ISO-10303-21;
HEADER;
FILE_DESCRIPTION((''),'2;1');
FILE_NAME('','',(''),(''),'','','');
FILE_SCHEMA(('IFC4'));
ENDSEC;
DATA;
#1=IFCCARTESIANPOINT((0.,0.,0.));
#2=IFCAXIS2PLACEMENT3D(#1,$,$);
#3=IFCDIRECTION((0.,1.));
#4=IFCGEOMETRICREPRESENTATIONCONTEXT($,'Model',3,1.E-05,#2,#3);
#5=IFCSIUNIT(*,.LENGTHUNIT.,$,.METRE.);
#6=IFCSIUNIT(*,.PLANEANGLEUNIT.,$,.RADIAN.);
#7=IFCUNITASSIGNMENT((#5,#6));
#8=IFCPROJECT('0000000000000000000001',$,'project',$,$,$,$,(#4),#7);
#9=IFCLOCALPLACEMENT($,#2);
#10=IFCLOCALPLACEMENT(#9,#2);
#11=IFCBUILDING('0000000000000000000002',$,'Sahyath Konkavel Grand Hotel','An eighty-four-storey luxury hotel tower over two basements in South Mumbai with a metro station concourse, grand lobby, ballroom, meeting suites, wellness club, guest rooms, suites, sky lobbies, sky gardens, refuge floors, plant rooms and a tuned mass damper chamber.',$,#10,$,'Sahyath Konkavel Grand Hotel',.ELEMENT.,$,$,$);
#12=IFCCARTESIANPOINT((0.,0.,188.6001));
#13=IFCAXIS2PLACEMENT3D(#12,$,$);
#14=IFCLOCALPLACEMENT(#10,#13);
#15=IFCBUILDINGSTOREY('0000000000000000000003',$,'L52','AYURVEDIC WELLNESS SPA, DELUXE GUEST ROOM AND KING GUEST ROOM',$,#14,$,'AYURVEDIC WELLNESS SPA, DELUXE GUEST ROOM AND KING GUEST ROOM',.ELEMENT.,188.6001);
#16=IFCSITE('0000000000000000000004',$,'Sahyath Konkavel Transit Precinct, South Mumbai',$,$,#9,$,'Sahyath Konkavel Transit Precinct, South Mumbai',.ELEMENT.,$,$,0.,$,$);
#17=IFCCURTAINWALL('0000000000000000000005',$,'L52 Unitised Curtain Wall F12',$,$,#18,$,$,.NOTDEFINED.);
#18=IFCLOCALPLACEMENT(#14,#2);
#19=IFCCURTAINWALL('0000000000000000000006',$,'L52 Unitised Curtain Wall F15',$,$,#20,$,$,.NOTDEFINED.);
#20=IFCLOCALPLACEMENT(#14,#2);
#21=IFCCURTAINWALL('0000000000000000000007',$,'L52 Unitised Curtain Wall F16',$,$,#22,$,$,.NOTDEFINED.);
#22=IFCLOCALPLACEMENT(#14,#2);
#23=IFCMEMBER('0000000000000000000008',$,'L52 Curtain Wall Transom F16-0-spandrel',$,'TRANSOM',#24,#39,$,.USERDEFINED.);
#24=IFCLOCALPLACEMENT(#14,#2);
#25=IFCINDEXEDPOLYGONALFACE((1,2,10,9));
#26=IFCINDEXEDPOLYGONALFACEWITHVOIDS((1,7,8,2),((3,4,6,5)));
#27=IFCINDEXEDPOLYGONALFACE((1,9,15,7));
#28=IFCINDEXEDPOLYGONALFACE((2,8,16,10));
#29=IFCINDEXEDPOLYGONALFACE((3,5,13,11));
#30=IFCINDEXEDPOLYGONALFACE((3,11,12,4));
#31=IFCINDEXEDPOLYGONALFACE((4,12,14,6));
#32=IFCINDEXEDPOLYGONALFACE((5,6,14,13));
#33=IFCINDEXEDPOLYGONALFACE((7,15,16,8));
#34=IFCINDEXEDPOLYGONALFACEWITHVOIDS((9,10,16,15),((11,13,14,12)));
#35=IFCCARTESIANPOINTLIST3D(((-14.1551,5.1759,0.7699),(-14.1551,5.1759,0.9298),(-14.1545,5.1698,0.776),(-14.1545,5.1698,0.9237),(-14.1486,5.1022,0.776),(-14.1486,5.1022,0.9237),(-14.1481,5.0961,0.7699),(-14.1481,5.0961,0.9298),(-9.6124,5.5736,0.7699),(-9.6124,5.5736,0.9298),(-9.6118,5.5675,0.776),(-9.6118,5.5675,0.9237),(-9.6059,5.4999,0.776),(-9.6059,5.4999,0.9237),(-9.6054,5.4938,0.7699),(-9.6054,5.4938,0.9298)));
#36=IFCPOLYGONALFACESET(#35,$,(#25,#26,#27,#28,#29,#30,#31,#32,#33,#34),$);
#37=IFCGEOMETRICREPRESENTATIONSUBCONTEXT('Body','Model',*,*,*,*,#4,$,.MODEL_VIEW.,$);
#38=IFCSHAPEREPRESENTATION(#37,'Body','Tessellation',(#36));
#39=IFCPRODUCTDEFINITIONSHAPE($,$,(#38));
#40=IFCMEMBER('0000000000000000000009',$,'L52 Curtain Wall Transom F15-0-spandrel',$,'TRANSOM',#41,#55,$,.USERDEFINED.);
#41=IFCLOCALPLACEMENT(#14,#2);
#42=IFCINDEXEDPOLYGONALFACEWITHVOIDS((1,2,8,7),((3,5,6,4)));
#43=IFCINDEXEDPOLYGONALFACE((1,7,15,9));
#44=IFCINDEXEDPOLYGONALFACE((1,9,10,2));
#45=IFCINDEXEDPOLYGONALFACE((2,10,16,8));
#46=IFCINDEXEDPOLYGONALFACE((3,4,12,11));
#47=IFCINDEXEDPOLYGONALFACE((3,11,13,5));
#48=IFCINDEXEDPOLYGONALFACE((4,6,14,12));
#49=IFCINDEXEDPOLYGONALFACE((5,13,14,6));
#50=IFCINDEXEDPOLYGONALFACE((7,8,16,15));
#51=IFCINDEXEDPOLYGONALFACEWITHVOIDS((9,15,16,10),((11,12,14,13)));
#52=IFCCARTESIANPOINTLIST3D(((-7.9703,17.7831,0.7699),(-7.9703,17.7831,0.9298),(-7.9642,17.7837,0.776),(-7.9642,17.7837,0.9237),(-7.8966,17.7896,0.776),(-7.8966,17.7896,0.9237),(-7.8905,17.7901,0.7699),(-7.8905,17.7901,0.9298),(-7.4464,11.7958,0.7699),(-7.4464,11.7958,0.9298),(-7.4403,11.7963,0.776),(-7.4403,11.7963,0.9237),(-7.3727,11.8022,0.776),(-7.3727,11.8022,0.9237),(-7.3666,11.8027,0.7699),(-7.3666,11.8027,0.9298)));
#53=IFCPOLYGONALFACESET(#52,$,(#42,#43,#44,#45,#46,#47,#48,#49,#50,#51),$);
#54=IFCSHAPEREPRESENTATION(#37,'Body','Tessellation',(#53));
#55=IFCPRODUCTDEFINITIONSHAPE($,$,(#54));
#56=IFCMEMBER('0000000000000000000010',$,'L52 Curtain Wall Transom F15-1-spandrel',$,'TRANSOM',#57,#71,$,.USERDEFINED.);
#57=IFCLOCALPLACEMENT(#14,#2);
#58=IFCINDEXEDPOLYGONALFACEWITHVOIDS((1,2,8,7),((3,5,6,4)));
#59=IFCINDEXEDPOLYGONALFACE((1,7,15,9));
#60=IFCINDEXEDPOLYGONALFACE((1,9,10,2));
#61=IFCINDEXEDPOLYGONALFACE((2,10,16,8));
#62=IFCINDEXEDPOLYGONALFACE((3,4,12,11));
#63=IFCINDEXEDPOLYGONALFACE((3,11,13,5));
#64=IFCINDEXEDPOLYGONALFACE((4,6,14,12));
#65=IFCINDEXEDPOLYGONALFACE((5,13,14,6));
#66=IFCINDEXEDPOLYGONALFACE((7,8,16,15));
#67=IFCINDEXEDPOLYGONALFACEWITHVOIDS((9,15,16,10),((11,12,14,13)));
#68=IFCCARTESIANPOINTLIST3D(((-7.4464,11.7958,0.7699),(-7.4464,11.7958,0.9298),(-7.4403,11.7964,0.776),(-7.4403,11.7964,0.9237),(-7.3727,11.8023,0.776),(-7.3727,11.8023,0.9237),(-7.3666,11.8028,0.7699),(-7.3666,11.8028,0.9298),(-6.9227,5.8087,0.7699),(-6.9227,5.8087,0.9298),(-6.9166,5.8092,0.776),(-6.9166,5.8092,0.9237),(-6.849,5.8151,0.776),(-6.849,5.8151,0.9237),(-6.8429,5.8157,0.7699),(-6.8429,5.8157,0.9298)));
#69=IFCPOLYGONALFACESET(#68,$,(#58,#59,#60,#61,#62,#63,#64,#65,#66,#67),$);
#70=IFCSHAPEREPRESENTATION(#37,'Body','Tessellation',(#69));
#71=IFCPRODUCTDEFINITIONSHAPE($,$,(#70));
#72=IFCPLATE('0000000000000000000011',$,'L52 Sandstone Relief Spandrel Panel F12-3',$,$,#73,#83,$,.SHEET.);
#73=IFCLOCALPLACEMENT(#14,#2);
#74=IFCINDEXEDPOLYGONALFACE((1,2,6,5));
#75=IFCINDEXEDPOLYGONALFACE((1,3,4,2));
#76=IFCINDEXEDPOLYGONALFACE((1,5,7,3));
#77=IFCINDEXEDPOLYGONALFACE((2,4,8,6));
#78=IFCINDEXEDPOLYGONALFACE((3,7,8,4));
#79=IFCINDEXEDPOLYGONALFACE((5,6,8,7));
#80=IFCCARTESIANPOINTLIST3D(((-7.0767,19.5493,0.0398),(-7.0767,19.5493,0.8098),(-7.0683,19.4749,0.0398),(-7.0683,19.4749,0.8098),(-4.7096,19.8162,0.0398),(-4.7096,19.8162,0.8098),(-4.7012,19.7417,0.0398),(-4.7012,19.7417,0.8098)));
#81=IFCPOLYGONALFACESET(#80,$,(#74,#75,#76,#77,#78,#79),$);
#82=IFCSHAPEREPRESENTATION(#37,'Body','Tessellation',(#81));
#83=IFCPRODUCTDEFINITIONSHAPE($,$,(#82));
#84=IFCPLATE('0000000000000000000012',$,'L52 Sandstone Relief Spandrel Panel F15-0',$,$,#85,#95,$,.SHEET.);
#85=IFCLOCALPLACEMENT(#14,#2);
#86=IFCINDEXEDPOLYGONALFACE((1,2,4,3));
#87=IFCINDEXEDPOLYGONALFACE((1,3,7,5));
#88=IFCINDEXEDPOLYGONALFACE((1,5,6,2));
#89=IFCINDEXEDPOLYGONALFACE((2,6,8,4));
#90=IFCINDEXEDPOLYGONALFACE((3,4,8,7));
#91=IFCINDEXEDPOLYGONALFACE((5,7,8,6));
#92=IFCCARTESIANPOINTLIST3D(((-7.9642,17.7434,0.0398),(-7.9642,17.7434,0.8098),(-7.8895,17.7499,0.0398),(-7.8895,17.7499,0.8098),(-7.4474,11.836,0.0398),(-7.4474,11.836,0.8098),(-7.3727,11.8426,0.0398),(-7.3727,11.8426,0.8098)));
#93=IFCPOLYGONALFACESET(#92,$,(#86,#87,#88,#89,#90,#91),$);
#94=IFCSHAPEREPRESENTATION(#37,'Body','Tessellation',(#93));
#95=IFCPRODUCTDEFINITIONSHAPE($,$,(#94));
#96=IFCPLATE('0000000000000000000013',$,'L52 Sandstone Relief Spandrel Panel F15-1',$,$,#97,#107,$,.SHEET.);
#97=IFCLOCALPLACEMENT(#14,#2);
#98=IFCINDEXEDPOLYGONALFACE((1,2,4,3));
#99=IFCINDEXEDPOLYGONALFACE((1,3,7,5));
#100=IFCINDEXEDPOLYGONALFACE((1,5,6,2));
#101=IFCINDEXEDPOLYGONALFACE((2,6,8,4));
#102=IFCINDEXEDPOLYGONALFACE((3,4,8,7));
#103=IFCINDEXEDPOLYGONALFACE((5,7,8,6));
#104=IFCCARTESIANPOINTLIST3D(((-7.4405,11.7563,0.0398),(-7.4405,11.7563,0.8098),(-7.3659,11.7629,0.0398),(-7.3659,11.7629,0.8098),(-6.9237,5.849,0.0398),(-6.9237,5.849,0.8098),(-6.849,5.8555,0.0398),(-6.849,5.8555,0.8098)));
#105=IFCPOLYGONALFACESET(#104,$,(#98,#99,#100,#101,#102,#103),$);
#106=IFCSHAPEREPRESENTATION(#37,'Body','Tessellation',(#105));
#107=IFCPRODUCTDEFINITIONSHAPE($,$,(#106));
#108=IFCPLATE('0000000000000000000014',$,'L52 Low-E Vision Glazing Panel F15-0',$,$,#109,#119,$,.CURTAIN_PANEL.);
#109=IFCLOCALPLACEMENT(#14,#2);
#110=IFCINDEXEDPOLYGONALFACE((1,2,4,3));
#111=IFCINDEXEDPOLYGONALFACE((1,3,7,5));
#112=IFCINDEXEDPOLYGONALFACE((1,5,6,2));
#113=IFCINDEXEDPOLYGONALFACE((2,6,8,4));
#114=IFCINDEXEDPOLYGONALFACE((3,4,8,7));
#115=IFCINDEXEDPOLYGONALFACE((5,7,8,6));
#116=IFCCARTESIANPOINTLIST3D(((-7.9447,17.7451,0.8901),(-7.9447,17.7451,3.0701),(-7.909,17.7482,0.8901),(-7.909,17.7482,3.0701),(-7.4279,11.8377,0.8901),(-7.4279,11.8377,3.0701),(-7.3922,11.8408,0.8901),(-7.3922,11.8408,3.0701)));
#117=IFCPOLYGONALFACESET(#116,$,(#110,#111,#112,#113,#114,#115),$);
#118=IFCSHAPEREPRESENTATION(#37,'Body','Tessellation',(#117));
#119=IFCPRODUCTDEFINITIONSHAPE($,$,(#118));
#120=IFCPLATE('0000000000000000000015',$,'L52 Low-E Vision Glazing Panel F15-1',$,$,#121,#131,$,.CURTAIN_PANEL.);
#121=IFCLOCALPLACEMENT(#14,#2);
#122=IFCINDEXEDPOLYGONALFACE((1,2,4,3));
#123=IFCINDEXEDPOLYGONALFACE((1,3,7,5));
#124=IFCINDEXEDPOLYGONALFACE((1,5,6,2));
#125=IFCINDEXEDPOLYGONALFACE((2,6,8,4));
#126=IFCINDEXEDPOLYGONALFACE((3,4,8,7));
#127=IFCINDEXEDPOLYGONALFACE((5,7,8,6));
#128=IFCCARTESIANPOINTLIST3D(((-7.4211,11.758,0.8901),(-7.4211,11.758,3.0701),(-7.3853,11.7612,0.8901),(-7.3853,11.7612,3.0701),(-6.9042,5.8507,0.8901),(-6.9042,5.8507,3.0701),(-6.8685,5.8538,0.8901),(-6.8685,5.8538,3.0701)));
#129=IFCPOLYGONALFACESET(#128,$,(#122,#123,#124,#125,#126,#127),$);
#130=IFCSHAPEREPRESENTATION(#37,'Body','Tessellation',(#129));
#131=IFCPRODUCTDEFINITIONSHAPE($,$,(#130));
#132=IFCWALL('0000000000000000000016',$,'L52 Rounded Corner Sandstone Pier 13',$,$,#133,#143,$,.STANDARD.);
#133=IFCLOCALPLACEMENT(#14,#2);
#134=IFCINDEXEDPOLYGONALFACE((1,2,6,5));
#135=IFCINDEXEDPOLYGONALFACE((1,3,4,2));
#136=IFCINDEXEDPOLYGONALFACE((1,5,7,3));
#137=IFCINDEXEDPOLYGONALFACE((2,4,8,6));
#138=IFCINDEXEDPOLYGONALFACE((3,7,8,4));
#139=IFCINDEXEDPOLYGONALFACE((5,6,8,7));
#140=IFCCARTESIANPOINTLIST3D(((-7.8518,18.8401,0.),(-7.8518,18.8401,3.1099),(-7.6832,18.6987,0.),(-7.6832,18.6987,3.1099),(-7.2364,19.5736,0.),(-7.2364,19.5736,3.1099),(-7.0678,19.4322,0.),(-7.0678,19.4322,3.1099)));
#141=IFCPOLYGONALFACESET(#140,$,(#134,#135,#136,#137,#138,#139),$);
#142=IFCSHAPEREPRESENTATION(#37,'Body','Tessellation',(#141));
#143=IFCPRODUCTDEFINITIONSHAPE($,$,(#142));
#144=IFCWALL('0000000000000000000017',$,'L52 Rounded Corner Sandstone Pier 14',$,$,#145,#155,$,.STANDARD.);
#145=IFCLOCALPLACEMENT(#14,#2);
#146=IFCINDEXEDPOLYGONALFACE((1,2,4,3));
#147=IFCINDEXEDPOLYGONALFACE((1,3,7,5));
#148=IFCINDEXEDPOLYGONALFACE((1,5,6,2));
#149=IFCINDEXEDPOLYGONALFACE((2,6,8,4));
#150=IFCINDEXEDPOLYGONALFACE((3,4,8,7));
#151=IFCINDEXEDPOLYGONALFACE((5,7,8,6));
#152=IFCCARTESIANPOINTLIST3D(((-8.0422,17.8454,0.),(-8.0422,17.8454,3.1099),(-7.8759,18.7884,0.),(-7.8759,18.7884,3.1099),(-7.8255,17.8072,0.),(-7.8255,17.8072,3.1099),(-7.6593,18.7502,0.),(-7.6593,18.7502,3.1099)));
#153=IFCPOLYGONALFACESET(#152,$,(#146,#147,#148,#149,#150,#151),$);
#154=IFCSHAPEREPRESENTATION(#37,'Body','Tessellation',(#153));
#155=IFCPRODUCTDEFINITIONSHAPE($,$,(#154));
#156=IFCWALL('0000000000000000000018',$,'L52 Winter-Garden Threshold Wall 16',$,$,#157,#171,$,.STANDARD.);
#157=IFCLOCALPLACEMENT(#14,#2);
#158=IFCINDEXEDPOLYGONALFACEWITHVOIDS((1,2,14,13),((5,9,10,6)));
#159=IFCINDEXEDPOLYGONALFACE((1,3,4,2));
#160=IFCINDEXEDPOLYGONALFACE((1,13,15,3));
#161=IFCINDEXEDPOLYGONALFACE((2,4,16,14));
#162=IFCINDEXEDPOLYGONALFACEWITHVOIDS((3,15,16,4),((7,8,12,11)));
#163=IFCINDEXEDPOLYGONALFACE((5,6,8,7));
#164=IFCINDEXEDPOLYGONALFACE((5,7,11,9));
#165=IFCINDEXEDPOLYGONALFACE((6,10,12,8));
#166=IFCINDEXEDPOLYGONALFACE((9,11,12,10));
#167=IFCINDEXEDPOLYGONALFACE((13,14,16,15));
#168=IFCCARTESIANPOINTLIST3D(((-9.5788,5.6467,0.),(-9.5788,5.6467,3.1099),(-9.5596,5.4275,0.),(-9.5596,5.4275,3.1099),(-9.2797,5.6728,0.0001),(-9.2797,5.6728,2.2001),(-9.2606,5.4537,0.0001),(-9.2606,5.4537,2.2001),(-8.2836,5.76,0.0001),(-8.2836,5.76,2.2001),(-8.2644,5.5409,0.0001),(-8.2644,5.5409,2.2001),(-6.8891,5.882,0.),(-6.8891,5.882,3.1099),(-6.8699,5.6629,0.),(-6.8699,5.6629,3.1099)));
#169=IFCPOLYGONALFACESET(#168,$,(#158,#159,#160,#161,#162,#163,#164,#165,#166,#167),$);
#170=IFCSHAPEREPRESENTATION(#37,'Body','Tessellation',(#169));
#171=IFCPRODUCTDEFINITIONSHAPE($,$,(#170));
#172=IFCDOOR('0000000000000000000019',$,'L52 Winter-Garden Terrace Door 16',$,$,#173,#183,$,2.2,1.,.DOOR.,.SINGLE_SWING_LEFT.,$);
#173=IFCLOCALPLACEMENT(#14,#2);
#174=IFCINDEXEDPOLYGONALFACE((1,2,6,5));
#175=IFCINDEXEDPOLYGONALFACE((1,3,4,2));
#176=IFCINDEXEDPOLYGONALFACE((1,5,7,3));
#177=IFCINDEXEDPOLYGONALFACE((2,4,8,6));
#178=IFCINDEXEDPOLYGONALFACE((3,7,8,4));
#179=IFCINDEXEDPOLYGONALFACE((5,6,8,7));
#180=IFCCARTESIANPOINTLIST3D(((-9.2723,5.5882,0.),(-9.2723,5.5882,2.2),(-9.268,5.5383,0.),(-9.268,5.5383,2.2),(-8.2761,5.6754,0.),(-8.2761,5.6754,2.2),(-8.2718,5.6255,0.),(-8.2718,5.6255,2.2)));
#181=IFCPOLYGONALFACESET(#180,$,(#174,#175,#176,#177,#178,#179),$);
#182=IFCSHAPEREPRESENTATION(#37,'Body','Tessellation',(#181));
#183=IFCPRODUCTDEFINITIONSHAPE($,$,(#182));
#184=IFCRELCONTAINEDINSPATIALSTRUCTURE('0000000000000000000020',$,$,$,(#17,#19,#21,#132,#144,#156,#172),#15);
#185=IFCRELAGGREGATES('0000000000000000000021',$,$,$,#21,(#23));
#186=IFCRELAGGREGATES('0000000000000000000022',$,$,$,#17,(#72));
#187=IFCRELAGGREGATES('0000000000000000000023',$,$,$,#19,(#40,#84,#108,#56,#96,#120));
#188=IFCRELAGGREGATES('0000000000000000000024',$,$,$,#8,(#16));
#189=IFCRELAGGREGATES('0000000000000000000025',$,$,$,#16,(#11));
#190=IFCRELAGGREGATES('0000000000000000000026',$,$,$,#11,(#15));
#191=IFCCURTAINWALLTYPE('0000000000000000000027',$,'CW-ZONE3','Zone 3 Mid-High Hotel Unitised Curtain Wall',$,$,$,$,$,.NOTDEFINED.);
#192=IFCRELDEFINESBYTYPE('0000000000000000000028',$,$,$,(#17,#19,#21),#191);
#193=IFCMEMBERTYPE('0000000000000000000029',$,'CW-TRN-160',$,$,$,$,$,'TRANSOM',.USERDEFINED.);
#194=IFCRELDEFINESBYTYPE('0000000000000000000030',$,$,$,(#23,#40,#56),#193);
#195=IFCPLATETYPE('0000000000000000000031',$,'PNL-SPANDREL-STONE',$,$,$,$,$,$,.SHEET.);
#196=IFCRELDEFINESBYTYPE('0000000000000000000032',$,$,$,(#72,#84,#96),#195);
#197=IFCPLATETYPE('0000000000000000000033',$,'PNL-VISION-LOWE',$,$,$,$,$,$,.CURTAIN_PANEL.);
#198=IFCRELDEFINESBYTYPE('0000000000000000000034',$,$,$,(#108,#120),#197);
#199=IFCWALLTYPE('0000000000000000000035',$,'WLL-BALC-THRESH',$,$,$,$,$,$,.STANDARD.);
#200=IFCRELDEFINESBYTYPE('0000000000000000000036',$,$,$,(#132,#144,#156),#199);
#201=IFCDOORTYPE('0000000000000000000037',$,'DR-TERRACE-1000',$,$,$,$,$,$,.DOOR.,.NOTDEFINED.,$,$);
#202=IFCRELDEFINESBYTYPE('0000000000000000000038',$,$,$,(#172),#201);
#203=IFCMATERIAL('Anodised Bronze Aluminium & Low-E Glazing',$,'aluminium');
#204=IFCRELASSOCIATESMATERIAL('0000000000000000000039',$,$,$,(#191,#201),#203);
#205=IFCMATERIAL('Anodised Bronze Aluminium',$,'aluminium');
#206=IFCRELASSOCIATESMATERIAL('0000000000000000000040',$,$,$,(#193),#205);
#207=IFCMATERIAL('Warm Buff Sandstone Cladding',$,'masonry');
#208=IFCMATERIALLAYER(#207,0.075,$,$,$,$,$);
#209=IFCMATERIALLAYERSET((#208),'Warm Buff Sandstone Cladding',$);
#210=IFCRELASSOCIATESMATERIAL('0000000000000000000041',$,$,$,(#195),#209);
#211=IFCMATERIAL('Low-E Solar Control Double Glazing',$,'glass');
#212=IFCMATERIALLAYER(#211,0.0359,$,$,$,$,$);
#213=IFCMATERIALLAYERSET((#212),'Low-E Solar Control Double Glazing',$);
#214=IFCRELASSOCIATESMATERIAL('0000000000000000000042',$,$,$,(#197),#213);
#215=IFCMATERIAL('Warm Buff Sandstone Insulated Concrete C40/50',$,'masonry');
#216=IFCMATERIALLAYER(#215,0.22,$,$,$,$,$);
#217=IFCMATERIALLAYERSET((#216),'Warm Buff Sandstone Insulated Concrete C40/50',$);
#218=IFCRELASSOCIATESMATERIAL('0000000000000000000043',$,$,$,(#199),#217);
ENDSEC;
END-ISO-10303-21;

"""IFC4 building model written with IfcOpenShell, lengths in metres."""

from ifc_helpers import new_model, si_unit, direction, frame, frame_2d, origin, origin_2d, place, context, subcontext, project, spatial, rectangle, hollow_rectangle, extrude, source, transform, mapped, material, layer, layer_set, material_profile, profile_set, type_object, element, fill, aggregate, save


model = new_model("IFC4")

# Units and contexts
model_context = context("Model", 3, precision=1e-05, world=origin(), true_north=direction((0.0, 1.0)))
body_context = subcontext(model_context, "Body", "Model", "MODEL_VIEW")
ifc_project = project(units=[si_unit("LENGTHUNIT", "METRE"), si_unit("PLANEANGLEUNIT", "RADIAN")], contexts=[model_context])

# Site, building, storey
site_placement = place(None, origin())
site = spatial("IfcSite", under=ifc_project, at=site_placement, Name="Sahyath Konkavel Transit Precinct, South Mumbai", LongName="Sahyath Konkavel Transit Precinct, South Mumbai", CompositionType="ELEMENT", RefElevation=0.0)
building_placement = place(site_placement, origin())
building = spatial("IfcBuilding", under=site, at=building_placement, Name="Sahyath Konkavel Grand Hotel", Description="An eighty-four-storey luxury hotel tower over two basements in South Mumbai with a metro station concourse, grand lobby, ballroom, meeting suites, wellness club, guest rooms, suites, sky lobbies, sky gardens, refuge floors, plant rooms and a tuned mass damper chamber.", LongName="Sahyath Konkavel Grand Hotel", CompositionType="ELEMENT")
storey_placement = place(building_placement, frame((0.0, 0.0, 188.6001)))
storey = spatial("IfcBuildingStorey", under=building, at=storey_placement, Name="L52", Description="AYURVEDIC WELLNESS SPA, DELUXE GUEST ROOM AND KING GUEST ROOM", LongName="AYURVEDIC WELLNESS SPA, DELUXE GUEST ROOM AND KING GUEST ROOM", CompositionType="ELEMENT", Elevation=188.6001)

# Curtain wall
ifc_material_1 = material(Name="Anodised Bronze Aluminium & Low-E Glazing", Category="aluminium")
curtain_wall_type = type_object("IfcCurtainWallType", Name="CW-ZONE3", Description="Zone 3 Mid-High Hotel Unitised Curtain Wall", PredefinedType="NOTDEFINED", material=ifc_material_1)
curtain_wall_1_placement = place(storey_placement, origin())
curtain_wall_1 = element("IfcCurtainWall", 1, at=curtain_wall_1_placement, inside=storey, type_object=curtain_wall_type, Name="L52 Unitised Curtain Wall F12", PredefinedType="NOTDEFINED")
ifc_material_2 = material(Name="Anodised Bronze Aluminium", Category="aluminium")

# Curtain wall
curtain_wall_2_placement = place(storey_placement, origin())
curtain_wall_2 = element("IfcCurtainWall", 2, at=curtain_wall_2_placement, inside=storey, type_object=curtain_wall_type, Name="L52 Unitised Curtain Wall F15", PredefinedType="NOTDEFINED")

# Curtain wall
curtain_wall_3_placement = place(storey_placement, origin())
curtain_wall_3 = element("IfcCurtainWall", 3, at=curtain_wall_3_placement, inside=storey, type_object=curtain_wall_type, Name="L52 Unitised Curtain Wall F16", PredefinedType="NOTDEFINED")

# Members
ifc_material_profile_1 = material_profile(ifc_material_2, hollow_rectangle(XDim=0.0801, YDim=0.1599, WallThickness=0.0061, at=origin_2d()), Name="RHS 160x80x6")
ifc_profile_set_1 = profile_set([ifc_material_profile_1], Name="Anodised Bronze Aluminium")
member_type_1 = type_object("IfcMemberType", Name="CW-TRN-160", ElementType="TRANSOM", PredefinedType="USERDEFINED", material=ifc_profile_set_1)
shared_shape_1 = source(origin(), body_context, "Body", "SweptSolid", [
    extrude(hollow_rectangle(XDim=0.0801, YDim=0.1599, WallThickness=0.0061, at=origin_2d()), origin(), (0.0, 0.0, 1.0), 4.5601),
])
member_1_placement = place(storey_placement, frame((-9.6089, 5.5337, 0.8499), z_axis=(-0.99619, -0.087214, 0.0), x_axis=(0.087214, -0.99619, 0.0)))
member_1 = element("IfcMember", 4, at=member_1_placement, type_object=member_type_1, Name="L52 Curtain Wall Transom F16-0-spandrel", ObjectType="TRANSOM", PredefinedType="USERDEFINED", context=body_context, shape_type="MappedRepresentation", body=[
    mapped(shared_shape_1, transform((0.0, 0.0, 0.0), scale=1.0)),
])
aggregate(curtain_wall_3, [member_1])
shared_shape_2 = source(origin(), body_context, "Body", "SweptSolid", [
    extrude(hollow_rectangle(XDim=0.0801, YDim=0.1599, WallThickness=0.0061, at=origin_2d()), origin(), (0.0, 0.0, 1.0), 6.0103),
])
member_2_placement = place(storey_placement, frame((-7.9304, 17.7866, 0.8499), z_axis=(0.087173, -0.996193, 0.0), x_axis=(0.996193, 0.087173, 0.0)))
member_2 = element("IfcMember", 5, at=member_2_placement, type_object=member_type_1, Name="L52 Curtain Wall Transom F15-0-spandrel", ObjectType="TRANSOM", PredefinedType="USERDEFINED", context=body_context, shape_type="MappedRepresentation", body=[
    mapped(shared_shape_2, transform((0.0, 0.0, 0.0), scale=1.0)),
])
shared_shape_3 = source(origin(), body_context, "Body", "SweptSolid", [
    extrude(hollow_rectangle(XDim=0.0801, YDim=0.1599, WallThickness=0.0061, at=origin_2d()), origin(), (0.0, 0.0, 1.0), 6.01),
])
member_3_placement = place(storey_placement, frame((-7.4065, 11.7993, 0.8499), z_axis=(0.087136, -0.996196, 0.0), x_axis=(0.996196, 0.087136, 0.0)))
member_3 = element("IfcMember", 6, at=member_3_placement, type_object=member_type_1, Name="L52 Curtain Wall Transom F15-1-spandrel", ObjectType="TRANSOM", PredefinedType="USERDEFINED", context=body_context, shape_type="MappedRepresentation", body=[
    mapped(shared_shape_3, transform((0.0, 0.0, 0.0), scale=1.0)),
])

# Plates
ifc_material_3 = material(Name="Warm Buff Sandstone Cladding", Category="masonry")
ifc_layer_1 = layer(ifc_material_3, 0.075)
ifc_layer_set_1 = layer_set([ifc_layer_1], Name="Warm Buff Sandstone Cladding")
plate_type_1 = type_object("IfcPlateType", Name="PNL-SPANDREL-STONE", PredefinedType="SHEET", material=ifc_layer_set_1)
shared_shape_4 = source(origin(), body_context, "Body", "SweptSolid", [
    extrude(rectangle(XDim=2.3821, YDim=0.075, at=origin_2d()), origin(), (0.0, 0.0, 1.0), 0.77),
])
plate_1_placement = place(storey_placement, frame((-5.8889, 19.6455, 0.0398), z_axis=(0.0, 0.0, 1.0), x_axis=(-0.993707, -0.112007, 0.0)))
plate_1 = element("IfcPlate", 7, at=plate_1_placement, type_object=plate_type_1, Name="L52 Sandstone Relief Spandrel Panel F12-3", PredefinedType="SHEET", context=body_context, shape_type="MappedRepresentation", body=[
    mapped(shared_shape_4, transform((0.0, 0.0, 0.0), scale=1.0)),
])
aggregate(curtain_wall_1, [plate_1])
shared_shape_5 = source(origin(), body_context, "Body", "SweptSolid", [
    extrude(rectangle(XDim=5.9299, YDim=0.075, at=origin_2d()), origin(), (0.0, 0.0, 1.0), 0.77),
])
plate_2_placement = place(storey_placement, frame((-7.6685, 14.793, 0.0398), z_axis=(0.0, 0.0, 1.0), x_axis=(0.087156, -0.996195, 0.0)))
plate_2 = element("IfcPlate", 8, at=plate_2_placement, type_object=plate_type_1, Name="L52 Sandstone Relief Spandrel Panel F15-0", PredefinedType="SHEET", context=body_context, shape_type="MappedRepresentation", body=[
    mapped(shared_shape_5, transform((0.0, 0.0, 0.0), scale=1.0)),
])
plate_3_placement = place(storey_placement, frame((-7.1448, 8.8059, 0.0398), z_axis=(0.0, 0.0, 1.0), x_axis=(0.087156, -0.996195, 0.0)))
plate_3 = element("IfcPlate", 9, at=plate_3_placement, type_object=plate_type_1, Name="L52 Sandstone Relief Spandrel Panel F15-1", PredefinedType="SHEET", context=body_context, shape_type="MappedRepresentation", body=[
    mapped(shared_shape_5, transform((0.0, 0.0, 0.0), scale=1.0)),
])
ifc_material_4 = material(Name="Low-E Solar Control Double Glazing", Category="glass")
ifc_layer_2 = layer(ifc_material_4, 0.0359)
ifc_layer_set_2 = layer_set([ifc_layer_2], Name="Low-E Solar Control Double Glazing")
plate_type_2 = type_object("IfcPlateType", Name="PNL-VISION-LOWE", PredefinedType="CURTAIN_PANEL", material=ifc_layer_set_2)
shared_shape_6 = source(origin(), body_context, "Body", "SweptSolid", [
    extrude(rectangle(XDim=5.9299, YDim=0.0359, at=origin_2d()), origin(), (0.0, 0.0, 1.0), 2.1799),
])
plate_4_placement = place(storey_placement, frame((-7.6685, 14.793, 0.8901), z_axis=(0.0, 0.0, 1.0), x_axis=(0.087156, -0.996195, 0.0)))
plate_4 = element("IfcPlate", 10, at=plate_4_placement, type_object=plate_type_2, Name="L52 Low-E Vision Glazing Panel F15-0", PredefinedType="CURTAIN_PANEL", context=body_context, shape_type="MappedRepresentation", body=[
    mapped(shared_shape_6, transform((0.0, 0.0, 0.0), scale=1.0)),
])
plate_5_placement = place(storey_placement, frame((-7.1448, 8.8059, 0.8901), z_axis=(0.0, 0.0, 1.0), x_axis=(0.087156, -0.996195, 0.0)))
plate_5 = element("IfcPlate", 11, at=plate_5_placement, type_object=plate_type_2, Name="L52 Low-E Vision Glazing Panel F15-1", PredefinedType="CURTAIN_PANEL", context=body_context, shape_type="MappedRepresentation", body=[
    mapped(shared_shape_6, transform((0.0, 0.0, 0.0), scale=1.0)),
])
aggregate(curtain_wall_2, [member_2, plate_2, plate_4, member_3, plate_3, plate_5])

# Walls
ifc_material_5 = material(Name="Warm Buff Sandstone Insulated Concrete C40/50", Category="masonry")
ifc_layer_3 = layer(ifc_material_5, 0.22)
ifc_layer_set_3 = layer_set([ifc_layer_3], Name="Warm Buff Sandstone Insulated Concrete C40/50")
wall_type_1 = type_object("IfcWallType", Name="WLL-BALC-THRESH", PredefinedType="STANDARD", material=ifc_layer_set_3)
for number, where, z_axis, x_axis, name in (
    (12, (-7.1521, 19.5029, 0.0), (0.0, 0.0, 1.0), (-0.642714, -0.766107, 0.0), "L52 Rounded Corner Sandstone Pier 13"),
    (13, (-7.7676, 18.7693, 0.0), (0.0, 0.0, 1.0), (-0.173654, -0.984807, 0.0), "L52 Rounded Corner Sandstone Pier 14"),
):
    element("IfcWall", number, at=place(storey_placement, frame(where, z_axis=z_axis, x_axis=x_axis)), inside=storey, type_object=wall_type_1, Name=name, PredefinedType="STANDARD", context=body_context, shape_type="SweptSolid", body=[
        extrude(rectangle(XDim=0.9575, YDim=0.22, at=frame_2d((0.4788, 0.0))), origin(), (0.0, 0.0, 1.0), 3.1099),
    ])

# Wall, opening, door
wall_1_placement = place(storey_placement, frame((-6.8794, 5.7725, 0.0), z_axis=(0.0, 0.0, 1.0), x_axis=(-0.996194, -0.087168, 0.0)))
wall_1 = element("IfcWall", 14, at=wall_1_placement, inside=storey, type_object=wall_type_1, Name="L52 Winter-Garden Threshold Wall 16", PredefinedType="STANDARD", context=body_context, shape_type="SweptSolid", body=[
    extrude(rectangle(XDim=2.7, YDim=0.22, at=frame_2d((1.3501, 0.0))), origin(), (0.0, 0.0, 1.0), 3.1099),
])
opening_1_placement = place(wall_1_placement, frame((1.3999, 0.0, 0.0)))
opening_1 = element("IfcOpeningElement", 15, at=opening_1_placement, cuts=wall_1, PredefinedType="OPENING", context=body_context, shape_type="SweptSolid", body=[
    extrude(rectangle(XDim=1.0, YDim=2.2, at=frame_2d((0.5, 1.1001))), frame((0.0, 0.1201, 0.0), z_axis=(0.0, -1.0, 0.0), x_axis=(1.0, 0.0, 0.0)), (0.0, 0.0, 1.0), 0.24),
])
door_type_1 = type_object("IfcDoorType", Name="DR-TERRACE-1000", OperationType="NOTDEFINED", PredefinedType="DOOR", material=ifc_material_1)
shared_shape_7 = source(origin(), body_context, "Body", "SweptSolid", [
    extrude(rectangle(XDim=1.0, YDim=0.05, at=origin_2d()), origin(), (0.0, 0.0, 1.0), 2.2),
])
door_1_placement = place(opening_1_placement, frame((0.5, 0.0, 0.0)))
door_1 = element("IfcDoor", 16, at=door_1_placement, inside=storey, type_object=door_type_1, Name="L52 Winter-Garden Terrace Door 16", OperationType="SINGLE_SWING_LEFT", OverallHeight=2.2, OverallWidth=1.0, PredefinedType="DOOR", context=body_context, shape_type="MappedRepresentation", body=[
    mapped(shared_shape_7, transform((0.0, 0.0, 0.0), scale=1.0)),
])
fill(opening_1, door_1)

save(model, "model.ifc")
